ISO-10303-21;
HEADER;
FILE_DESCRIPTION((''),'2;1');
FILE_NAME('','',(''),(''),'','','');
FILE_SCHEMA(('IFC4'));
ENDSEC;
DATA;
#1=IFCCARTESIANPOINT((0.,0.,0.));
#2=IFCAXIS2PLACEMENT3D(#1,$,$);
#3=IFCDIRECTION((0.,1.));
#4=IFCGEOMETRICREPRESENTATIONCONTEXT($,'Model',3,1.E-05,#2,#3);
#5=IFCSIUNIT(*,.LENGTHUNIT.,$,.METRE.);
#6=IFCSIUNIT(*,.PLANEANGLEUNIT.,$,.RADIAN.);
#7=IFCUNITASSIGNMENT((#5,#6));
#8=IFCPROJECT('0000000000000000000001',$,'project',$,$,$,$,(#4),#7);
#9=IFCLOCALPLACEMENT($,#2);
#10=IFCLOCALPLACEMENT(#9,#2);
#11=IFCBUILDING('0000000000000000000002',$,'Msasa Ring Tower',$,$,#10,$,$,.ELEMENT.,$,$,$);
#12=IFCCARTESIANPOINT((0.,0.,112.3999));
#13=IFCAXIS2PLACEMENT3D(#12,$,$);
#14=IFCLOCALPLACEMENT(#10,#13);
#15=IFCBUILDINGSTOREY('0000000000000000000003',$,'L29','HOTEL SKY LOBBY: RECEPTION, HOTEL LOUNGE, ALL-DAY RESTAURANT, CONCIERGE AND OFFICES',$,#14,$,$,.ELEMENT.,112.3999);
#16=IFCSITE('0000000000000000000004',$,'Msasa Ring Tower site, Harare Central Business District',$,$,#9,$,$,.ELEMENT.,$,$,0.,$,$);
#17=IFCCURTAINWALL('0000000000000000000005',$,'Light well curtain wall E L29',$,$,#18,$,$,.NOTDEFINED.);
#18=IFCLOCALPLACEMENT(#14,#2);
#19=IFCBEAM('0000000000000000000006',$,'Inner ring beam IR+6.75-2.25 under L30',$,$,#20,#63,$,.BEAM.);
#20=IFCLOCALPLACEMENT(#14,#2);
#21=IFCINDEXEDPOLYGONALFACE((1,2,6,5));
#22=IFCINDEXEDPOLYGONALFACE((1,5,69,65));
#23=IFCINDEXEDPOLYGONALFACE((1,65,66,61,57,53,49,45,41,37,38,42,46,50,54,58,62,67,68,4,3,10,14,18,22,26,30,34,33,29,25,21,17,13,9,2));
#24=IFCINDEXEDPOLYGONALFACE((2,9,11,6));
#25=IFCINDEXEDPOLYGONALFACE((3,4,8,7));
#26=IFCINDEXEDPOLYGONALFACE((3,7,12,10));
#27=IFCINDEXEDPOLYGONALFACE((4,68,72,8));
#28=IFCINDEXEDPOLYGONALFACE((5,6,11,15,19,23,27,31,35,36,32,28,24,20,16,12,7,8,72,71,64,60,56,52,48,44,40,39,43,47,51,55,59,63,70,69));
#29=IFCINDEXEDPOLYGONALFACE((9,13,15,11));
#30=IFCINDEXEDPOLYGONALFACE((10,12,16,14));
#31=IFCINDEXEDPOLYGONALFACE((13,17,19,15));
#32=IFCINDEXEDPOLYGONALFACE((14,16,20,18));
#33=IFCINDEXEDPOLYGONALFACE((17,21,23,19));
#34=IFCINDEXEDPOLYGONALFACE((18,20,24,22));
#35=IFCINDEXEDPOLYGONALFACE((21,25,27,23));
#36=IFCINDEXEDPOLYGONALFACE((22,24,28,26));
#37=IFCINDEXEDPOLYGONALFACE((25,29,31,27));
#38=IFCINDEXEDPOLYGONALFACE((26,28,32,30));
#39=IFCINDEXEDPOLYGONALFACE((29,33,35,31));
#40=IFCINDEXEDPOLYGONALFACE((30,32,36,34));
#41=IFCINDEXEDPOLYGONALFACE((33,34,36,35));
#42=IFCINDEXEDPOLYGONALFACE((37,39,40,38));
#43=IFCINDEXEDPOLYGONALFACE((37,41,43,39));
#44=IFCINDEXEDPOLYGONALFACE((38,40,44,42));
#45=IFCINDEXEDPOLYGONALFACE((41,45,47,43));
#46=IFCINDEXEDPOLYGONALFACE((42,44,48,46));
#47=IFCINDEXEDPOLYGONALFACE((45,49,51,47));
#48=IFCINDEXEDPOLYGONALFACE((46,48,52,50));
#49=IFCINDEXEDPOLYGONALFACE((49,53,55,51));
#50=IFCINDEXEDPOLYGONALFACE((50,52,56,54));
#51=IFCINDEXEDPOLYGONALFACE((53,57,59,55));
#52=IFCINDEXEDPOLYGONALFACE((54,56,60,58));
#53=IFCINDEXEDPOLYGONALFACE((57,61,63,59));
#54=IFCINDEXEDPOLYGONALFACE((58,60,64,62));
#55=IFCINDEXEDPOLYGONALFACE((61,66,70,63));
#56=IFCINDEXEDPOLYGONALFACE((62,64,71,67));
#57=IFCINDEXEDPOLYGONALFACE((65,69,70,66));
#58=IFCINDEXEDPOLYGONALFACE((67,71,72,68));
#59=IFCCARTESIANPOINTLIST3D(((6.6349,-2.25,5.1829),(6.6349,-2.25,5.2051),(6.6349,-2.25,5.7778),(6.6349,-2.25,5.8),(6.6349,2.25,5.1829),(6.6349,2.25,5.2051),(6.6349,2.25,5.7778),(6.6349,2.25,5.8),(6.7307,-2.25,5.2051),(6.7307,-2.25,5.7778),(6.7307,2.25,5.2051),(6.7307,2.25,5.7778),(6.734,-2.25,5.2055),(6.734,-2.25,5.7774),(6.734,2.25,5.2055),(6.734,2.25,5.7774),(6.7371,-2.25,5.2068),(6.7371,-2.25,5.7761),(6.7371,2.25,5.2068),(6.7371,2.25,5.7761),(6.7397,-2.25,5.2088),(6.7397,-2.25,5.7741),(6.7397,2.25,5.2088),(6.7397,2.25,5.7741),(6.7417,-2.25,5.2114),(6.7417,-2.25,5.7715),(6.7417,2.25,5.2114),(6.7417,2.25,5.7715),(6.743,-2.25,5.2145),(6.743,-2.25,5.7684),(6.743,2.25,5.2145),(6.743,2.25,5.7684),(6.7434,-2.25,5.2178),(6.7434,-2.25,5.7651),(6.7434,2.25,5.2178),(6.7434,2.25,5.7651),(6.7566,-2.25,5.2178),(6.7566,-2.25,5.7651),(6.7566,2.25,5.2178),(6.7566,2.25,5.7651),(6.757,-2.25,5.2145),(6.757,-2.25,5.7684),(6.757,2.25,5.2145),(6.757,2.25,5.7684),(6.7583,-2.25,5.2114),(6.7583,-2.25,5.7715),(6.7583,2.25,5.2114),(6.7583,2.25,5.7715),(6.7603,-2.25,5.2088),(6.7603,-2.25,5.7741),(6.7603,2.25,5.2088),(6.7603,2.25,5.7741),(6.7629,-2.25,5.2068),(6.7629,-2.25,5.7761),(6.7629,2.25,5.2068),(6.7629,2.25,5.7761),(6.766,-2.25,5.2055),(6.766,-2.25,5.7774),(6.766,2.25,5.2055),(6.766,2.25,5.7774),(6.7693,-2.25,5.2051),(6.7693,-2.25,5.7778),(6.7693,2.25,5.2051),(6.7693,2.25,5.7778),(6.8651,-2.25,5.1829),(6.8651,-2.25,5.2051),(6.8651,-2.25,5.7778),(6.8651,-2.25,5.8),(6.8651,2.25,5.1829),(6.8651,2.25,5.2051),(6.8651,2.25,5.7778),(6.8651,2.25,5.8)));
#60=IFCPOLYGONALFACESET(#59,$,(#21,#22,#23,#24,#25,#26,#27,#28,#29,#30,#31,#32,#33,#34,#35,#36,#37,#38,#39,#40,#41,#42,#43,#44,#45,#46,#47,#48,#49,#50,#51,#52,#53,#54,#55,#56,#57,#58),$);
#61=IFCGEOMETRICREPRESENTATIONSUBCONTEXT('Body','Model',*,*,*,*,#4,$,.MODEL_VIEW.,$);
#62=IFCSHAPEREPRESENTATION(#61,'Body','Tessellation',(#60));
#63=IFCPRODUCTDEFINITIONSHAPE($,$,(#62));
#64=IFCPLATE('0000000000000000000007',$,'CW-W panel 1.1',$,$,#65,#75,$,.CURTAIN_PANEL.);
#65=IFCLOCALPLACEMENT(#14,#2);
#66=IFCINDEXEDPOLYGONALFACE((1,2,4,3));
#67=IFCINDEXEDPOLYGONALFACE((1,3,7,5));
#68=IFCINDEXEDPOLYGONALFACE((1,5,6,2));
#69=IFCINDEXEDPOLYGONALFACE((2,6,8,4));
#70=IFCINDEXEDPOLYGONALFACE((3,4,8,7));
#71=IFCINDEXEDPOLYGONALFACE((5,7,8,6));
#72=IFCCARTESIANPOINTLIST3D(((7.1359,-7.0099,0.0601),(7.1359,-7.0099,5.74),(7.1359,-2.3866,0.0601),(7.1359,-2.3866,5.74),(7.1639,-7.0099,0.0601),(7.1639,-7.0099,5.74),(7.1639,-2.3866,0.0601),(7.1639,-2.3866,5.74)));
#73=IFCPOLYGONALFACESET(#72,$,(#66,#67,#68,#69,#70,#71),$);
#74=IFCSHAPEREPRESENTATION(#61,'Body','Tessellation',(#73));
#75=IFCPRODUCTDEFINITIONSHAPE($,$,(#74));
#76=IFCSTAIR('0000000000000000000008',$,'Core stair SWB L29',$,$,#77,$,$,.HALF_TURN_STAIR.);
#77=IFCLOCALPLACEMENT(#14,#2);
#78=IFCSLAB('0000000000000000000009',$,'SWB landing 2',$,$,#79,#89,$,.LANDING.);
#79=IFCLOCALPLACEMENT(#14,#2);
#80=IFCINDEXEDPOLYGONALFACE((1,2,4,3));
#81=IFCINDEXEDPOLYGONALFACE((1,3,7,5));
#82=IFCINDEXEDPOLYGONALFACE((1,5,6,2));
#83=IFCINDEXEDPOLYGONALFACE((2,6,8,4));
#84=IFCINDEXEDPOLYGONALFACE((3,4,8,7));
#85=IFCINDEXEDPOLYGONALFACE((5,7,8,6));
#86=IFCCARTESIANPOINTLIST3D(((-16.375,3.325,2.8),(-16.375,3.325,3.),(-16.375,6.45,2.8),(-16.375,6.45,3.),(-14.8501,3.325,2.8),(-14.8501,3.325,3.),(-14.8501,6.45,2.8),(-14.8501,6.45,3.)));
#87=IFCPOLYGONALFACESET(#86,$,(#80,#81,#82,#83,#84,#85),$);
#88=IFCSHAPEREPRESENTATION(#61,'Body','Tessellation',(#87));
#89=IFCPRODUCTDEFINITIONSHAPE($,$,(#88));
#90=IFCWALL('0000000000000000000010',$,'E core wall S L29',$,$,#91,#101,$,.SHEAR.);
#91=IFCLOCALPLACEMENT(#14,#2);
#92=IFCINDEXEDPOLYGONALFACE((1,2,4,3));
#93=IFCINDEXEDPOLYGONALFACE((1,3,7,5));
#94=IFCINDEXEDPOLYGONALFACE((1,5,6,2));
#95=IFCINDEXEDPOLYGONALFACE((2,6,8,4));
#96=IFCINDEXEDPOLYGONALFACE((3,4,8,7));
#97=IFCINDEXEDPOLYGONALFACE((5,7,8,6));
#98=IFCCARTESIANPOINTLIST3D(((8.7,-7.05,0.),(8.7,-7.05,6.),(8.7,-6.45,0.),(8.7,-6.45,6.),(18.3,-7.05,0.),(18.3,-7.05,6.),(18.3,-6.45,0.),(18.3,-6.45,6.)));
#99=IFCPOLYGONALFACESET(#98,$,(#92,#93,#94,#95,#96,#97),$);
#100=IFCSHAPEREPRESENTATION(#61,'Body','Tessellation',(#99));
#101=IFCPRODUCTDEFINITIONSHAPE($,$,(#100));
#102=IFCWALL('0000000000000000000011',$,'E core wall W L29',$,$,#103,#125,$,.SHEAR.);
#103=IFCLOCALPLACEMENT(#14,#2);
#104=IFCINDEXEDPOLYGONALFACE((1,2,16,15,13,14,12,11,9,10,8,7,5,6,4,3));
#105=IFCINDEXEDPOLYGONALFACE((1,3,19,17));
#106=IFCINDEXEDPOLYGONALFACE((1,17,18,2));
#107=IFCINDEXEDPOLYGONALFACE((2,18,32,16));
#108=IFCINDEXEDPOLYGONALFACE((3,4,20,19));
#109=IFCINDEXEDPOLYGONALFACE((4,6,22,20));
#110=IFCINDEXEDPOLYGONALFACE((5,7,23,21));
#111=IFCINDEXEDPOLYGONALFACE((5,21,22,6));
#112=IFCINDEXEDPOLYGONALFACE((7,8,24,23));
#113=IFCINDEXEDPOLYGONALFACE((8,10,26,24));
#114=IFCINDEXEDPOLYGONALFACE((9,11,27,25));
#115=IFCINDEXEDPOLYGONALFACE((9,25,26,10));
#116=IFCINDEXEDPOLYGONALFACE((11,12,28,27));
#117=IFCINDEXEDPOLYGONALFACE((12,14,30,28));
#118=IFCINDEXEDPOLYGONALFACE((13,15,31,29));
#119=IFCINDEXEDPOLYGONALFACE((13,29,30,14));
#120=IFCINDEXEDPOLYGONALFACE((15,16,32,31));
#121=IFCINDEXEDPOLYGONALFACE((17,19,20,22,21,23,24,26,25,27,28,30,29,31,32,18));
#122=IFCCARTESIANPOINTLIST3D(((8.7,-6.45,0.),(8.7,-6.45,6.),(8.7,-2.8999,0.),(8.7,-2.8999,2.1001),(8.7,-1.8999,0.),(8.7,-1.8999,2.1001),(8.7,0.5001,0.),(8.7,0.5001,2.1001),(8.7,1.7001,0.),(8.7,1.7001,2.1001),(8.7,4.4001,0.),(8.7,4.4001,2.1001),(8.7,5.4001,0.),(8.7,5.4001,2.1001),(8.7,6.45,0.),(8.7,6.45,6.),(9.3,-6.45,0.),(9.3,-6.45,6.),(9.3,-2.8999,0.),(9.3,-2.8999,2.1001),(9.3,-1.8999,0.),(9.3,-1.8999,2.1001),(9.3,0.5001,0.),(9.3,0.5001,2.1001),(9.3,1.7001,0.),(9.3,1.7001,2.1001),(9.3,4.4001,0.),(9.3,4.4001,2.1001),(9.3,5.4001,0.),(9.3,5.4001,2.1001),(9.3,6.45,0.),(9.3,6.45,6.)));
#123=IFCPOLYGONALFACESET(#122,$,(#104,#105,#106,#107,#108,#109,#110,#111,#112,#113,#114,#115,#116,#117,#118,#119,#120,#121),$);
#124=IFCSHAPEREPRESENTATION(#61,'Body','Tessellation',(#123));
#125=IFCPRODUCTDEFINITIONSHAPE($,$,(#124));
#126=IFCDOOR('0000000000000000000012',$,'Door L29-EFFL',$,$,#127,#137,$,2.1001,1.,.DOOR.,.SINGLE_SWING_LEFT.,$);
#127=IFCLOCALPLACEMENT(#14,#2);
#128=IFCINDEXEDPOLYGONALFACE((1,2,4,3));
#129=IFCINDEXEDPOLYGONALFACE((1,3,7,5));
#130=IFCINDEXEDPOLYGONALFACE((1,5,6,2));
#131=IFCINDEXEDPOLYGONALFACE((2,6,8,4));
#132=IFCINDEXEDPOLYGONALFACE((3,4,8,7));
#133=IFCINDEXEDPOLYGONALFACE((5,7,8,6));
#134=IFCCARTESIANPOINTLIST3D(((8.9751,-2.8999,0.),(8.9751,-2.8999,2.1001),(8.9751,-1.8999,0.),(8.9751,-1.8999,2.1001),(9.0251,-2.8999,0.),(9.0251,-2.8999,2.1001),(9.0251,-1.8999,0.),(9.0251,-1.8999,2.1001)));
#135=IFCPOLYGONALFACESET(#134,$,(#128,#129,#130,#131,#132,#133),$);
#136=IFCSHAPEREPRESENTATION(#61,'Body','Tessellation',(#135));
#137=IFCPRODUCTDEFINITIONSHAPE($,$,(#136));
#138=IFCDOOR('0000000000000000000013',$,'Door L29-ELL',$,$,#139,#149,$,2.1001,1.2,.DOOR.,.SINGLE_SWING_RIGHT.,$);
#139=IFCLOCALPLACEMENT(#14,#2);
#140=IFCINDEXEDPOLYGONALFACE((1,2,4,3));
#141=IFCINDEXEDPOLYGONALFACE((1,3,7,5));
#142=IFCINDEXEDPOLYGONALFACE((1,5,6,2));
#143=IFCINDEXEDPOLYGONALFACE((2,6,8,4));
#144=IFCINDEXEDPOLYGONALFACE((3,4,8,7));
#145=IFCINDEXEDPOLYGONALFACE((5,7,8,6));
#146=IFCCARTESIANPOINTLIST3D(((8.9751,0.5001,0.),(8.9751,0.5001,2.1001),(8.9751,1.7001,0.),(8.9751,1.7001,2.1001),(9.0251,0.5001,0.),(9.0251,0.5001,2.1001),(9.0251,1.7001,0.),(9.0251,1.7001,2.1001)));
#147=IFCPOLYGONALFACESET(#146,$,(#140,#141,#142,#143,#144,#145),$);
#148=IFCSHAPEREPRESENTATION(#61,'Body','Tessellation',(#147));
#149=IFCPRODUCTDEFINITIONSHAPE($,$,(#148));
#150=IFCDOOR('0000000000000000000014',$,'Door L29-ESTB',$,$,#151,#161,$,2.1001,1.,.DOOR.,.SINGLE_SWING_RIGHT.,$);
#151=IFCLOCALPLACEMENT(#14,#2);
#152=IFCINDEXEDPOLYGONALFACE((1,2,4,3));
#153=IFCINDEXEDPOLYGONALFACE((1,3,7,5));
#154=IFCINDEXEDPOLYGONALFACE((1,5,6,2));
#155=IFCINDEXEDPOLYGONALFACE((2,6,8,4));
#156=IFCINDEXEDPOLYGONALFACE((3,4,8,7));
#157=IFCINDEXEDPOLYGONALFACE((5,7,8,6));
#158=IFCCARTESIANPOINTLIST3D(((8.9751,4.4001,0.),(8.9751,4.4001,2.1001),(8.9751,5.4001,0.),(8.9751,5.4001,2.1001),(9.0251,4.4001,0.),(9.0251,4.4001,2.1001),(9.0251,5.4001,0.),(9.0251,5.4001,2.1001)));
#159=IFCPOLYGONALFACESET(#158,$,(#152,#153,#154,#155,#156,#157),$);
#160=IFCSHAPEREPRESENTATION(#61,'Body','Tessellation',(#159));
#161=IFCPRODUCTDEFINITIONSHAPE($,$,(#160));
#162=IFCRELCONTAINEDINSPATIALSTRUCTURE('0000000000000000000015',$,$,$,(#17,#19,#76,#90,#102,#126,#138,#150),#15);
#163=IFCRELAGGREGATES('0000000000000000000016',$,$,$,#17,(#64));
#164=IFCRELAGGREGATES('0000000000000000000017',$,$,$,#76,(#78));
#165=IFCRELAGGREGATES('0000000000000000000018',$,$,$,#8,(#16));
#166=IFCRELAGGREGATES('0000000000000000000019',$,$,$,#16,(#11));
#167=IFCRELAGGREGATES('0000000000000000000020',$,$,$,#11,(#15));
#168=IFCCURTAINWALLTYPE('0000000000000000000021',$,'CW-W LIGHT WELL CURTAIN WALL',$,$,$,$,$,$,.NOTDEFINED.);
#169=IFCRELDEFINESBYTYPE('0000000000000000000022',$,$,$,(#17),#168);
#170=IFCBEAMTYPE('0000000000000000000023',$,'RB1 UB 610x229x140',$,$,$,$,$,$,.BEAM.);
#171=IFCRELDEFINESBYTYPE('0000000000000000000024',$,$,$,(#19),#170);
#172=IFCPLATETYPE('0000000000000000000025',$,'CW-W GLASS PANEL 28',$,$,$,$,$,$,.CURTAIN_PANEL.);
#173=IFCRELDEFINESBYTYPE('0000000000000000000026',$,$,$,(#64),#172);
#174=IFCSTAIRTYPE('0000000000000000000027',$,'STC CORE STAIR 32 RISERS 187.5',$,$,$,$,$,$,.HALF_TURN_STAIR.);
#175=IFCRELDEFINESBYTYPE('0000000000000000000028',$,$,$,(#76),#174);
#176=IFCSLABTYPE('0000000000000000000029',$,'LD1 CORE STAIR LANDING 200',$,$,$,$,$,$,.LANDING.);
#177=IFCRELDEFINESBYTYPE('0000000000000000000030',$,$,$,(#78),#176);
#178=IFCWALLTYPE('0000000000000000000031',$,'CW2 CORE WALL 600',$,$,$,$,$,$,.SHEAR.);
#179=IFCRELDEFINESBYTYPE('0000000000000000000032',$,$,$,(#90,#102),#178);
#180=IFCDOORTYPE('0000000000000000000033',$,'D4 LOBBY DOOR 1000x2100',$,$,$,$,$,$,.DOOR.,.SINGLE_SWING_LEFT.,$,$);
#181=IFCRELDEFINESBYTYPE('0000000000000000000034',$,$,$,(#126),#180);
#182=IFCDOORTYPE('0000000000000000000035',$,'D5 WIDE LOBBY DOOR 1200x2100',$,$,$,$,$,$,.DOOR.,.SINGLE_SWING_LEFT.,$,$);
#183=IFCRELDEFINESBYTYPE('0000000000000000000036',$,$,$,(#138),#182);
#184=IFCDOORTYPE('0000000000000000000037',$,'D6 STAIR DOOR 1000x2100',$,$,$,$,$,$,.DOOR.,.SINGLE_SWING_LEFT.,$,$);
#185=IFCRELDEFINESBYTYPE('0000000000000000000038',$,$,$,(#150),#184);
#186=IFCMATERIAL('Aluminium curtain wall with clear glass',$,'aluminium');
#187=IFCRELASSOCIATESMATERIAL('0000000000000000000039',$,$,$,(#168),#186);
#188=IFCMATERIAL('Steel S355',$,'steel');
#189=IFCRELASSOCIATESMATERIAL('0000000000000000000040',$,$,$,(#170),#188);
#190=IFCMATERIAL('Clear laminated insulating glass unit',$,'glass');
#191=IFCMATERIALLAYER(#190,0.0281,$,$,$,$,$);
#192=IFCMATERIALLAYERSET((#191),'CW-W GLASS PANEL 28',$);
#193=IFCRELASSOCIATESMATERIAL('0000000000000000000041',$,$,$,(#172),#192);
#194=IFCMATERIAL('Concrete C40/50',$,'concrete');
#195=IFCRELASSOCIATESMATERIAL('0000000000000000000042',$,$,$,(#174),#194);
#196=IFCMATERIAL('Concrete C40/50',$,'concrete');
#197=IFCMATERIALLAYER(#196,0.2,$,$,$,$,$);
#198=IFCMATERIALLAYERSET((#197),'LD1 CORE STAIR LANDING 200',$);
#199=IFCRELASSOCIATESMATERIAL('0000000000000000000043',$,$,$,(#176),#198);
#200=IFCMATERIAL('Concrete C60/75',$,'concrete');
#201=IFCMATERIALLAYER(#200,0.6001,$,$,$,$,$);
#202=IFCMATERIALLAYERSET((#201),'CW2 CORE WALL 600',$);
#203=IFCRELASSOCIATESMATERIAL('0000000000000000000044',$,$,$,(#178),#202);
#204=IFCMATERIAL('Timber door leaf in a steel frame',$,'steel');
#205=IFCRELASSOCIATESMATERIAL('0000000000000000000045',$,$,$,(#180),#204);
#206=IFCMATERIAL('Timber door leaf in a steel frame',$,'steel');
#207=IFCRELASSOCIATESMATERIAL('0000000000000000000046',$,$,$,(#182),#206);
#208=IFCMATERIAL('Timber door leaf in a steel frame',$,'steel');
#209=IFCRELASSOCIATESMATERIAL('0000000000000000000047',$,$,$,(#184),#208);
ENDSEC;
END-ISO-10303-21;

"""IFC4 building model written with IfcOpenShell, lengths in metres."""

from ifc_helpers import new_model, si_unit, direction, frame, frame_2d, origin, origin_2d, place, context, subcontext, project, spatial, polyline, rectangle, i_section, outline, extrude, material, layer, layer_set, material_profile, profile_set, type_object, element, fill, aggregate, save


model = new_model("IFC4")

# Units and contexts
model_context = context("Model", 3, precision=1e-05, world=origin(), true_north=direction((0.0, 1.0)))
body_context = subcontext(model_context, "Body", "Model", "MODEL_VIEW")
ifc_project = project(units=[si_unit("LENGTHUNIT", "METRE"), si_unit("PLANEANGLEUNIT", "RADIAN")], contexts=[model_context])

# Site, building, storey
site_placement = place(None, origin())
site = spatial("IfcSite", under=ifc_project, at=site_placement, Name="Msasa Ring Tower site, Harare Central Business District", CompositionType="ELEMENT", RefElevation=0.0)
building_placement = place(site_placement, origin())
building = spatial("IfcBuilding", under=site, at=building_placement, Name="Msasa Ring Tower", CompositionType="ELEMENT")
storey_placement = place(building_placement, frame((0.0, 0.0, 112.3999)))
storey = spatial("IfcBuildingStorey", under=building, at=storey_placement, Name="L29", Description="HOTEL SKY LOBBY: RECEPTION, HOTEL LOUNGE, ALL-DAY RESTAURANT, CONCIERGE AND OFFICES", CompositionType="ELEMENT", Elevation=112.3999)

# Curtain wall
ifc_material_1 = material(Name="Aluminium curtain wall with clear glass", Category="aluminium")
curtain_wall_type = type_object("IfcCurtainWallType", Name="CW-W LIGHT WELL CURTAIN WALL", PredefinedType="NOTDEFINED", material=ifc_material_1)
curtain_wall_placement = place(storey_placement, origin())
curtain_wall = element("IfcCurtainWall", 1, at=curtain_wall_placement, inside=storey, type_object=curtain_wall_type, Name="Light well curtain wall E L29", PredefinedType="NOTDEFINED")

# Beam
ifc_material_2 = material(Name="Steel S355", Category="steel")
ifc_material_profile_1 = material_profile(ifc_material_2, i_section(OverallWidth=0.2302, OverallDepth=0.6172, WebThickness=0.0132, FlangeThickness=0.0222, FilletRadius=0.0127, at=origin_2d()), Name="UB 610x229x140")
ifc_profile_set_1 = profile_set([ifc_material_profile_1], Name="Steel S355")
beam_type = type_object("IfcBeamType", Name="RB1 UB 610x229x140", PredefinedType="BEAM", material=ifc_profile_set_1)
for number, where, z_axis, x_axis, name in (
    (2, (6.75, -2.25, 5.4915), (0.0, 1.0, 0.0), (-1.0, 0.0, 0.0), "Inner ring beam IR+6.75-2.25 under L30"),
):
    element("IfcBeam", number, at=place(storey_placement, frame(where, z_axis=z_axis, x_axis=x_axis)), inside=storey, type_object=beam_type, Name=name, PredefinedType="BEAM", context=body_context, shape_type="SweptSolid", body=[
        extrude(i_section(OverallWidth=0.2302, OverallDepth=0.6172, WebThickness=0.0132, FlangeThickness=0.0222, FilletRadius=0.0127, at=origin_2d()), origin(), (0.0, 0.0, 1.0), 4.5),
    ])

# Plate
ifc_material_3 = material(Name="Clear laminated insulating glass unit", Category="glass")
ifc_layer_1 = layer(ifc_material_3, 0.0281)
ifc_layer_set_1 = layer_set([ifc_layer_1], Name="CW-W GLASS PANEL 28")
plate_type = type_object("IfcPlateType", Name="CW-W GLASS PANEL 28", PredefinedType="CURTAIN_PANEL", material=ifc_layer_set_1)
plate_placement = place(storey_placement, frame((7.1499, -4.6982, 0.0601), z_axis=(0.0, 0.0, 1.0), x_axis=(0.0, 1.0, 0.0)))
plate = element("IfcPlate", 3, at=plate_placement, type_object=plate_type, Name="CW-W panel 1.1", PredefinedType="CURTAIN_PANEL", context=body_context, shape_type="SweptSolid", body=[
    extrude(rectangle(XDim=4.6233, YDim=0.0281, at=origin_2d()), origin(), (0.0, 0.0, 1.0), 5.6799),
])
aggregate(curtain_wall, [plate])

# Stair, slab
ifc_material_4 = material(Name="Concrete C40/50", Category="concrete")
stair_type = type_object("IfcStairType", Name="STC CORE STAIR 32 RISERS 187.5", PredefinedType="HALF_TURN_STAIR", material=ifc_material_4)
stair_1_placement = place(storey_placement, origin())
stair_1 = element("IfcStair", 4, at=stair_1_placement, inside=storey, type_object=stair_type, Name="Core stair SWB L29", PredefinedType="HALF_TURN_STAIR")
ifc_material_5 = material(Name="Concrete C40/50", Category="concrete")
ifc_layer_2 = layer(ifc_material_5, 0.2)
ifc_layer_set_2 = layer_set([ifc_layer_2], Name="LD1 CORE STAIR LANDING 200")
slab_type = type_object("IfcSlabType", Name="LD1 CORE STAIR LANDING 200", PredefinedType="LANDING", material=ifc_layer_set_2)
slab_placement = place(storey_placement, frame((0.0, 0.0, 2.8)))
slab = element("IfcSlab", 5, at=slab_placement, type_object=slab_type, Name="SWB landing 2", PredefinedType="LANDING", context=body_context, shape_type="SweptSolid", body=[
    extrude(outline(polyline([(-16.375, 3.325), (-14.8501, 3.325), (-14.8501, 6.45), (-16.375, 6.45), (-16.375, 3.325)])), origin(), (0.0, 0.0, 1.0), 0.2),
])
aggregate(stair_1, [slab])

# Wall
ifc_material_6 = material(Name="Concrete C60/75", Category="concrete")
ifc_layer_3 = layer(ifc_material_6, 0.6001)
ifc_layer_set_3 = layer_set([ifc_layer_3], Name="CW2 CORE WALL 600")
wall_type_1 = type_object("IfcWallType", Name="CW2 CORE WALL 600", PredefinedType="SHEAR", material=ifc_layer_set_3)
wall_1_placement = place(storey_placement, frame((8.7, -6.75, 0.0), z_axis=(0.0, 0.0, 1.0), x_axis=(1.0, 0.0, 0.0)))
element("IfcWall", 6, at=wall_1_placement, inside=storey, type_object=wall_type_1, Name="E core wall S L29", PredefinedType="SHEAR", context=body_context, shape_type="SweptSolid", body=[
    extrude(rectangle(XDim=9.6001, YDim=0.6001, at=frame_2d((4.8, 0.0))), origin(), (0.0, 0.0, 1.0), 6.0),
])

# Wall, openings, doors
wall_2_placement = place(storey_placement, frame((9.0, -6.45, 0.0), z_axis=(0.0, 0.0, 1.0), x_axis=(0.0, 1.0, 0.0)))
wall_2 = element("IfcWall", 7, at=wall_2_placement, inside=storey, type_object=wall_type_1, Name="E core wall W L29", PredefinedType="SHEAR", context=body_context, shape_type="SweptSolid", body=[
    extrude(rectangle(XDim=12.8999, YDim=0.6001, at=frame_2d((6.45, 0.0))), origin(), (0.0, 0.0, 1.0), 6.0),
])
opening_1_placement = place(wall_2_placement, frame((3.55, 0.0, 0.0)))
opening_1 = element("IfcOpeningElement", 8, at=opening_1_placement, cuts=wall_2, PredefinedType="OPENING", context=body_context, shape_type="SweptSolid", body=[
    extrude(rectangle(XDim=1.0, YDim=2.1001, at=frame_2d((0.5, 1.05))), frame((0.0, 0.3101, 0.0), z_axis=(0.0, -1.0, 0.0), x_axis=(1.0, 0.0, 0.0)), (0.0, 0.0, 1.0), 0.6201),
])
opening_2_placement = place(wall_2_placement, frame((6.95, 0.0, 0.0)))
opening_2 = element("IfcOpeningElement", 9, at=opening_2_placement, cuts=wall_2, PredefinedType="OPENING", context=body_context, shape_type="SweptSolid", body=[
    extrude(rectangle(XDim=1.2, YDim=2.1001, at=frame_2d((0.6001, 1.05))), frame((0.0, 0.3101, 0.0), z_axis=(0.0, -1.0, 0.0), x_axis=(1.0, 0.0, 0.0)), (0.0, 0.0, 1.0), 0.6201),
])
opening_3_placement = place(wall_2_placement, frame((10.8501, 0.0, 0.0)))
opening_3 = element("IfcOpeningElement", 10, at=opening_3_placement, cuts=wall_2, PredefinedType="OPENING", context=body_context, shape_type="SweptSolid", body=[
    extrude(rectangle(XDim=1.0, YDim=2.1001, at=frame_2d((0.5, 1.05))), frame((0.0, 0.3101, 0.0), z_axis=(0.0, -1.0, 0.0), x_axis=(1.0, 0.0, 0.0)), (0.0, 0.0, 1.0), 0.6201),
])
ifc_material_7 = material(Name="Timber door leaf in a steel frame", Category="steel")
door_type_1 = type_object("IfcDoorType", Name="D4 LOBBY DOOR 1000x2100", OperationType="SINGLE_SWING_LEFT", PredefinedType="DOOR", material=ifc_material_7)
door_1_placement = place(opening_1_placement, origin())
door_1 = element("IfcDoor", 11, at=door_1_placement, inside=storey, type_object=door_type_1, Name="Door L29-EFFL", OperationType="SINGLE_SWING_LEFT", OverallHeight=2.1001, OverallWidth=1.0, PredefinedType="DOOR", context=body_context, shape_type="SweptSolid", body=[
    extrude(rectangle(XDim=1.0, YDim=2.1001, at=frame_2d((0.5, 1.05))), frame((0.0, 0.0249, 0.0), z_axis=(0.0, -1.0, 0.0), x_axis=(1.0, 0.0, 0.0)), (0.0, 0.0, 1.0), 0.05),
])
fill(opening_1, door_1)
ifc_material_8 = material(Name="Timber door leaf in a steel frame", Category="steel")
door_type_2 = type_object("IfcDoorType", Name="D5 WIDE LOBBY DOOR 1200x2100", OperationType="SINGLE_SWING_LEFT", PredefinedType="DOOR", material=ifc_material_8)
door_2_placement = place(opening_2_placement, origin())
door_2 = element("IfcDoor", 12, at=door_2_placement, inside=storey, type_object=door_type_2, Name="Door L29-ELL", OperationType="SINGLE_SWING_RIGHT", OverallHeight=2.1001, OverallWidth=1.2, PredefinedType="DOOR", context=body_context, shape_type="SweptSolid", body=[
    extrude(rectangle(XDim=1.2, YDim=2.1001, at=frame_2d((0.6001, 1.05))), frame((0.0, 0.0249, 0.0), z_axis=(0.0, -1.0, 0.0), x_axis=(1.0, 0.0, 0.0)), (0.0, 0.0, 1.0), 0.05),
])
fill(opening_2, door_2)
ifc_material_9 = material(Name="Timber door leaf in a steel frame", Category="steel")
door_type_3 = type_object("IfcDoorType", Name="D6 STAIR DOOR 1000x2100", OperationType="SINGLE_SWING_LEFT", PredefinedType="DOOR", material=ifc_material_9)
door_3_placement = place(opening_3_placement, origin())
door_3 = element("IfcDoor", 13, at=door_3_placement, inside=storey, type_object=door_type_3, Name="Door L29-ESTB", OperationType="SINGLE_SWING_RIGHT", OverallHeight=2.1001, OverallWidth=1.0, PredefinedType="DOOR", context=body_context, shape_type="SweptSolid", body=[
    extrude(rectangle(XDim=1.0, YDim=2.1001, at=frame_2d((0.5, 1.05))), frame((0.0, 0.0249, 0.0), z_axis=(0.0, -1.0, 0.0), x_axis=(1.0, 0.0, 0.0)), (0.0, 0.0, 1.0), 0.05),
])
fill(opening_3, door_3)

save(model, "model.ifc")
